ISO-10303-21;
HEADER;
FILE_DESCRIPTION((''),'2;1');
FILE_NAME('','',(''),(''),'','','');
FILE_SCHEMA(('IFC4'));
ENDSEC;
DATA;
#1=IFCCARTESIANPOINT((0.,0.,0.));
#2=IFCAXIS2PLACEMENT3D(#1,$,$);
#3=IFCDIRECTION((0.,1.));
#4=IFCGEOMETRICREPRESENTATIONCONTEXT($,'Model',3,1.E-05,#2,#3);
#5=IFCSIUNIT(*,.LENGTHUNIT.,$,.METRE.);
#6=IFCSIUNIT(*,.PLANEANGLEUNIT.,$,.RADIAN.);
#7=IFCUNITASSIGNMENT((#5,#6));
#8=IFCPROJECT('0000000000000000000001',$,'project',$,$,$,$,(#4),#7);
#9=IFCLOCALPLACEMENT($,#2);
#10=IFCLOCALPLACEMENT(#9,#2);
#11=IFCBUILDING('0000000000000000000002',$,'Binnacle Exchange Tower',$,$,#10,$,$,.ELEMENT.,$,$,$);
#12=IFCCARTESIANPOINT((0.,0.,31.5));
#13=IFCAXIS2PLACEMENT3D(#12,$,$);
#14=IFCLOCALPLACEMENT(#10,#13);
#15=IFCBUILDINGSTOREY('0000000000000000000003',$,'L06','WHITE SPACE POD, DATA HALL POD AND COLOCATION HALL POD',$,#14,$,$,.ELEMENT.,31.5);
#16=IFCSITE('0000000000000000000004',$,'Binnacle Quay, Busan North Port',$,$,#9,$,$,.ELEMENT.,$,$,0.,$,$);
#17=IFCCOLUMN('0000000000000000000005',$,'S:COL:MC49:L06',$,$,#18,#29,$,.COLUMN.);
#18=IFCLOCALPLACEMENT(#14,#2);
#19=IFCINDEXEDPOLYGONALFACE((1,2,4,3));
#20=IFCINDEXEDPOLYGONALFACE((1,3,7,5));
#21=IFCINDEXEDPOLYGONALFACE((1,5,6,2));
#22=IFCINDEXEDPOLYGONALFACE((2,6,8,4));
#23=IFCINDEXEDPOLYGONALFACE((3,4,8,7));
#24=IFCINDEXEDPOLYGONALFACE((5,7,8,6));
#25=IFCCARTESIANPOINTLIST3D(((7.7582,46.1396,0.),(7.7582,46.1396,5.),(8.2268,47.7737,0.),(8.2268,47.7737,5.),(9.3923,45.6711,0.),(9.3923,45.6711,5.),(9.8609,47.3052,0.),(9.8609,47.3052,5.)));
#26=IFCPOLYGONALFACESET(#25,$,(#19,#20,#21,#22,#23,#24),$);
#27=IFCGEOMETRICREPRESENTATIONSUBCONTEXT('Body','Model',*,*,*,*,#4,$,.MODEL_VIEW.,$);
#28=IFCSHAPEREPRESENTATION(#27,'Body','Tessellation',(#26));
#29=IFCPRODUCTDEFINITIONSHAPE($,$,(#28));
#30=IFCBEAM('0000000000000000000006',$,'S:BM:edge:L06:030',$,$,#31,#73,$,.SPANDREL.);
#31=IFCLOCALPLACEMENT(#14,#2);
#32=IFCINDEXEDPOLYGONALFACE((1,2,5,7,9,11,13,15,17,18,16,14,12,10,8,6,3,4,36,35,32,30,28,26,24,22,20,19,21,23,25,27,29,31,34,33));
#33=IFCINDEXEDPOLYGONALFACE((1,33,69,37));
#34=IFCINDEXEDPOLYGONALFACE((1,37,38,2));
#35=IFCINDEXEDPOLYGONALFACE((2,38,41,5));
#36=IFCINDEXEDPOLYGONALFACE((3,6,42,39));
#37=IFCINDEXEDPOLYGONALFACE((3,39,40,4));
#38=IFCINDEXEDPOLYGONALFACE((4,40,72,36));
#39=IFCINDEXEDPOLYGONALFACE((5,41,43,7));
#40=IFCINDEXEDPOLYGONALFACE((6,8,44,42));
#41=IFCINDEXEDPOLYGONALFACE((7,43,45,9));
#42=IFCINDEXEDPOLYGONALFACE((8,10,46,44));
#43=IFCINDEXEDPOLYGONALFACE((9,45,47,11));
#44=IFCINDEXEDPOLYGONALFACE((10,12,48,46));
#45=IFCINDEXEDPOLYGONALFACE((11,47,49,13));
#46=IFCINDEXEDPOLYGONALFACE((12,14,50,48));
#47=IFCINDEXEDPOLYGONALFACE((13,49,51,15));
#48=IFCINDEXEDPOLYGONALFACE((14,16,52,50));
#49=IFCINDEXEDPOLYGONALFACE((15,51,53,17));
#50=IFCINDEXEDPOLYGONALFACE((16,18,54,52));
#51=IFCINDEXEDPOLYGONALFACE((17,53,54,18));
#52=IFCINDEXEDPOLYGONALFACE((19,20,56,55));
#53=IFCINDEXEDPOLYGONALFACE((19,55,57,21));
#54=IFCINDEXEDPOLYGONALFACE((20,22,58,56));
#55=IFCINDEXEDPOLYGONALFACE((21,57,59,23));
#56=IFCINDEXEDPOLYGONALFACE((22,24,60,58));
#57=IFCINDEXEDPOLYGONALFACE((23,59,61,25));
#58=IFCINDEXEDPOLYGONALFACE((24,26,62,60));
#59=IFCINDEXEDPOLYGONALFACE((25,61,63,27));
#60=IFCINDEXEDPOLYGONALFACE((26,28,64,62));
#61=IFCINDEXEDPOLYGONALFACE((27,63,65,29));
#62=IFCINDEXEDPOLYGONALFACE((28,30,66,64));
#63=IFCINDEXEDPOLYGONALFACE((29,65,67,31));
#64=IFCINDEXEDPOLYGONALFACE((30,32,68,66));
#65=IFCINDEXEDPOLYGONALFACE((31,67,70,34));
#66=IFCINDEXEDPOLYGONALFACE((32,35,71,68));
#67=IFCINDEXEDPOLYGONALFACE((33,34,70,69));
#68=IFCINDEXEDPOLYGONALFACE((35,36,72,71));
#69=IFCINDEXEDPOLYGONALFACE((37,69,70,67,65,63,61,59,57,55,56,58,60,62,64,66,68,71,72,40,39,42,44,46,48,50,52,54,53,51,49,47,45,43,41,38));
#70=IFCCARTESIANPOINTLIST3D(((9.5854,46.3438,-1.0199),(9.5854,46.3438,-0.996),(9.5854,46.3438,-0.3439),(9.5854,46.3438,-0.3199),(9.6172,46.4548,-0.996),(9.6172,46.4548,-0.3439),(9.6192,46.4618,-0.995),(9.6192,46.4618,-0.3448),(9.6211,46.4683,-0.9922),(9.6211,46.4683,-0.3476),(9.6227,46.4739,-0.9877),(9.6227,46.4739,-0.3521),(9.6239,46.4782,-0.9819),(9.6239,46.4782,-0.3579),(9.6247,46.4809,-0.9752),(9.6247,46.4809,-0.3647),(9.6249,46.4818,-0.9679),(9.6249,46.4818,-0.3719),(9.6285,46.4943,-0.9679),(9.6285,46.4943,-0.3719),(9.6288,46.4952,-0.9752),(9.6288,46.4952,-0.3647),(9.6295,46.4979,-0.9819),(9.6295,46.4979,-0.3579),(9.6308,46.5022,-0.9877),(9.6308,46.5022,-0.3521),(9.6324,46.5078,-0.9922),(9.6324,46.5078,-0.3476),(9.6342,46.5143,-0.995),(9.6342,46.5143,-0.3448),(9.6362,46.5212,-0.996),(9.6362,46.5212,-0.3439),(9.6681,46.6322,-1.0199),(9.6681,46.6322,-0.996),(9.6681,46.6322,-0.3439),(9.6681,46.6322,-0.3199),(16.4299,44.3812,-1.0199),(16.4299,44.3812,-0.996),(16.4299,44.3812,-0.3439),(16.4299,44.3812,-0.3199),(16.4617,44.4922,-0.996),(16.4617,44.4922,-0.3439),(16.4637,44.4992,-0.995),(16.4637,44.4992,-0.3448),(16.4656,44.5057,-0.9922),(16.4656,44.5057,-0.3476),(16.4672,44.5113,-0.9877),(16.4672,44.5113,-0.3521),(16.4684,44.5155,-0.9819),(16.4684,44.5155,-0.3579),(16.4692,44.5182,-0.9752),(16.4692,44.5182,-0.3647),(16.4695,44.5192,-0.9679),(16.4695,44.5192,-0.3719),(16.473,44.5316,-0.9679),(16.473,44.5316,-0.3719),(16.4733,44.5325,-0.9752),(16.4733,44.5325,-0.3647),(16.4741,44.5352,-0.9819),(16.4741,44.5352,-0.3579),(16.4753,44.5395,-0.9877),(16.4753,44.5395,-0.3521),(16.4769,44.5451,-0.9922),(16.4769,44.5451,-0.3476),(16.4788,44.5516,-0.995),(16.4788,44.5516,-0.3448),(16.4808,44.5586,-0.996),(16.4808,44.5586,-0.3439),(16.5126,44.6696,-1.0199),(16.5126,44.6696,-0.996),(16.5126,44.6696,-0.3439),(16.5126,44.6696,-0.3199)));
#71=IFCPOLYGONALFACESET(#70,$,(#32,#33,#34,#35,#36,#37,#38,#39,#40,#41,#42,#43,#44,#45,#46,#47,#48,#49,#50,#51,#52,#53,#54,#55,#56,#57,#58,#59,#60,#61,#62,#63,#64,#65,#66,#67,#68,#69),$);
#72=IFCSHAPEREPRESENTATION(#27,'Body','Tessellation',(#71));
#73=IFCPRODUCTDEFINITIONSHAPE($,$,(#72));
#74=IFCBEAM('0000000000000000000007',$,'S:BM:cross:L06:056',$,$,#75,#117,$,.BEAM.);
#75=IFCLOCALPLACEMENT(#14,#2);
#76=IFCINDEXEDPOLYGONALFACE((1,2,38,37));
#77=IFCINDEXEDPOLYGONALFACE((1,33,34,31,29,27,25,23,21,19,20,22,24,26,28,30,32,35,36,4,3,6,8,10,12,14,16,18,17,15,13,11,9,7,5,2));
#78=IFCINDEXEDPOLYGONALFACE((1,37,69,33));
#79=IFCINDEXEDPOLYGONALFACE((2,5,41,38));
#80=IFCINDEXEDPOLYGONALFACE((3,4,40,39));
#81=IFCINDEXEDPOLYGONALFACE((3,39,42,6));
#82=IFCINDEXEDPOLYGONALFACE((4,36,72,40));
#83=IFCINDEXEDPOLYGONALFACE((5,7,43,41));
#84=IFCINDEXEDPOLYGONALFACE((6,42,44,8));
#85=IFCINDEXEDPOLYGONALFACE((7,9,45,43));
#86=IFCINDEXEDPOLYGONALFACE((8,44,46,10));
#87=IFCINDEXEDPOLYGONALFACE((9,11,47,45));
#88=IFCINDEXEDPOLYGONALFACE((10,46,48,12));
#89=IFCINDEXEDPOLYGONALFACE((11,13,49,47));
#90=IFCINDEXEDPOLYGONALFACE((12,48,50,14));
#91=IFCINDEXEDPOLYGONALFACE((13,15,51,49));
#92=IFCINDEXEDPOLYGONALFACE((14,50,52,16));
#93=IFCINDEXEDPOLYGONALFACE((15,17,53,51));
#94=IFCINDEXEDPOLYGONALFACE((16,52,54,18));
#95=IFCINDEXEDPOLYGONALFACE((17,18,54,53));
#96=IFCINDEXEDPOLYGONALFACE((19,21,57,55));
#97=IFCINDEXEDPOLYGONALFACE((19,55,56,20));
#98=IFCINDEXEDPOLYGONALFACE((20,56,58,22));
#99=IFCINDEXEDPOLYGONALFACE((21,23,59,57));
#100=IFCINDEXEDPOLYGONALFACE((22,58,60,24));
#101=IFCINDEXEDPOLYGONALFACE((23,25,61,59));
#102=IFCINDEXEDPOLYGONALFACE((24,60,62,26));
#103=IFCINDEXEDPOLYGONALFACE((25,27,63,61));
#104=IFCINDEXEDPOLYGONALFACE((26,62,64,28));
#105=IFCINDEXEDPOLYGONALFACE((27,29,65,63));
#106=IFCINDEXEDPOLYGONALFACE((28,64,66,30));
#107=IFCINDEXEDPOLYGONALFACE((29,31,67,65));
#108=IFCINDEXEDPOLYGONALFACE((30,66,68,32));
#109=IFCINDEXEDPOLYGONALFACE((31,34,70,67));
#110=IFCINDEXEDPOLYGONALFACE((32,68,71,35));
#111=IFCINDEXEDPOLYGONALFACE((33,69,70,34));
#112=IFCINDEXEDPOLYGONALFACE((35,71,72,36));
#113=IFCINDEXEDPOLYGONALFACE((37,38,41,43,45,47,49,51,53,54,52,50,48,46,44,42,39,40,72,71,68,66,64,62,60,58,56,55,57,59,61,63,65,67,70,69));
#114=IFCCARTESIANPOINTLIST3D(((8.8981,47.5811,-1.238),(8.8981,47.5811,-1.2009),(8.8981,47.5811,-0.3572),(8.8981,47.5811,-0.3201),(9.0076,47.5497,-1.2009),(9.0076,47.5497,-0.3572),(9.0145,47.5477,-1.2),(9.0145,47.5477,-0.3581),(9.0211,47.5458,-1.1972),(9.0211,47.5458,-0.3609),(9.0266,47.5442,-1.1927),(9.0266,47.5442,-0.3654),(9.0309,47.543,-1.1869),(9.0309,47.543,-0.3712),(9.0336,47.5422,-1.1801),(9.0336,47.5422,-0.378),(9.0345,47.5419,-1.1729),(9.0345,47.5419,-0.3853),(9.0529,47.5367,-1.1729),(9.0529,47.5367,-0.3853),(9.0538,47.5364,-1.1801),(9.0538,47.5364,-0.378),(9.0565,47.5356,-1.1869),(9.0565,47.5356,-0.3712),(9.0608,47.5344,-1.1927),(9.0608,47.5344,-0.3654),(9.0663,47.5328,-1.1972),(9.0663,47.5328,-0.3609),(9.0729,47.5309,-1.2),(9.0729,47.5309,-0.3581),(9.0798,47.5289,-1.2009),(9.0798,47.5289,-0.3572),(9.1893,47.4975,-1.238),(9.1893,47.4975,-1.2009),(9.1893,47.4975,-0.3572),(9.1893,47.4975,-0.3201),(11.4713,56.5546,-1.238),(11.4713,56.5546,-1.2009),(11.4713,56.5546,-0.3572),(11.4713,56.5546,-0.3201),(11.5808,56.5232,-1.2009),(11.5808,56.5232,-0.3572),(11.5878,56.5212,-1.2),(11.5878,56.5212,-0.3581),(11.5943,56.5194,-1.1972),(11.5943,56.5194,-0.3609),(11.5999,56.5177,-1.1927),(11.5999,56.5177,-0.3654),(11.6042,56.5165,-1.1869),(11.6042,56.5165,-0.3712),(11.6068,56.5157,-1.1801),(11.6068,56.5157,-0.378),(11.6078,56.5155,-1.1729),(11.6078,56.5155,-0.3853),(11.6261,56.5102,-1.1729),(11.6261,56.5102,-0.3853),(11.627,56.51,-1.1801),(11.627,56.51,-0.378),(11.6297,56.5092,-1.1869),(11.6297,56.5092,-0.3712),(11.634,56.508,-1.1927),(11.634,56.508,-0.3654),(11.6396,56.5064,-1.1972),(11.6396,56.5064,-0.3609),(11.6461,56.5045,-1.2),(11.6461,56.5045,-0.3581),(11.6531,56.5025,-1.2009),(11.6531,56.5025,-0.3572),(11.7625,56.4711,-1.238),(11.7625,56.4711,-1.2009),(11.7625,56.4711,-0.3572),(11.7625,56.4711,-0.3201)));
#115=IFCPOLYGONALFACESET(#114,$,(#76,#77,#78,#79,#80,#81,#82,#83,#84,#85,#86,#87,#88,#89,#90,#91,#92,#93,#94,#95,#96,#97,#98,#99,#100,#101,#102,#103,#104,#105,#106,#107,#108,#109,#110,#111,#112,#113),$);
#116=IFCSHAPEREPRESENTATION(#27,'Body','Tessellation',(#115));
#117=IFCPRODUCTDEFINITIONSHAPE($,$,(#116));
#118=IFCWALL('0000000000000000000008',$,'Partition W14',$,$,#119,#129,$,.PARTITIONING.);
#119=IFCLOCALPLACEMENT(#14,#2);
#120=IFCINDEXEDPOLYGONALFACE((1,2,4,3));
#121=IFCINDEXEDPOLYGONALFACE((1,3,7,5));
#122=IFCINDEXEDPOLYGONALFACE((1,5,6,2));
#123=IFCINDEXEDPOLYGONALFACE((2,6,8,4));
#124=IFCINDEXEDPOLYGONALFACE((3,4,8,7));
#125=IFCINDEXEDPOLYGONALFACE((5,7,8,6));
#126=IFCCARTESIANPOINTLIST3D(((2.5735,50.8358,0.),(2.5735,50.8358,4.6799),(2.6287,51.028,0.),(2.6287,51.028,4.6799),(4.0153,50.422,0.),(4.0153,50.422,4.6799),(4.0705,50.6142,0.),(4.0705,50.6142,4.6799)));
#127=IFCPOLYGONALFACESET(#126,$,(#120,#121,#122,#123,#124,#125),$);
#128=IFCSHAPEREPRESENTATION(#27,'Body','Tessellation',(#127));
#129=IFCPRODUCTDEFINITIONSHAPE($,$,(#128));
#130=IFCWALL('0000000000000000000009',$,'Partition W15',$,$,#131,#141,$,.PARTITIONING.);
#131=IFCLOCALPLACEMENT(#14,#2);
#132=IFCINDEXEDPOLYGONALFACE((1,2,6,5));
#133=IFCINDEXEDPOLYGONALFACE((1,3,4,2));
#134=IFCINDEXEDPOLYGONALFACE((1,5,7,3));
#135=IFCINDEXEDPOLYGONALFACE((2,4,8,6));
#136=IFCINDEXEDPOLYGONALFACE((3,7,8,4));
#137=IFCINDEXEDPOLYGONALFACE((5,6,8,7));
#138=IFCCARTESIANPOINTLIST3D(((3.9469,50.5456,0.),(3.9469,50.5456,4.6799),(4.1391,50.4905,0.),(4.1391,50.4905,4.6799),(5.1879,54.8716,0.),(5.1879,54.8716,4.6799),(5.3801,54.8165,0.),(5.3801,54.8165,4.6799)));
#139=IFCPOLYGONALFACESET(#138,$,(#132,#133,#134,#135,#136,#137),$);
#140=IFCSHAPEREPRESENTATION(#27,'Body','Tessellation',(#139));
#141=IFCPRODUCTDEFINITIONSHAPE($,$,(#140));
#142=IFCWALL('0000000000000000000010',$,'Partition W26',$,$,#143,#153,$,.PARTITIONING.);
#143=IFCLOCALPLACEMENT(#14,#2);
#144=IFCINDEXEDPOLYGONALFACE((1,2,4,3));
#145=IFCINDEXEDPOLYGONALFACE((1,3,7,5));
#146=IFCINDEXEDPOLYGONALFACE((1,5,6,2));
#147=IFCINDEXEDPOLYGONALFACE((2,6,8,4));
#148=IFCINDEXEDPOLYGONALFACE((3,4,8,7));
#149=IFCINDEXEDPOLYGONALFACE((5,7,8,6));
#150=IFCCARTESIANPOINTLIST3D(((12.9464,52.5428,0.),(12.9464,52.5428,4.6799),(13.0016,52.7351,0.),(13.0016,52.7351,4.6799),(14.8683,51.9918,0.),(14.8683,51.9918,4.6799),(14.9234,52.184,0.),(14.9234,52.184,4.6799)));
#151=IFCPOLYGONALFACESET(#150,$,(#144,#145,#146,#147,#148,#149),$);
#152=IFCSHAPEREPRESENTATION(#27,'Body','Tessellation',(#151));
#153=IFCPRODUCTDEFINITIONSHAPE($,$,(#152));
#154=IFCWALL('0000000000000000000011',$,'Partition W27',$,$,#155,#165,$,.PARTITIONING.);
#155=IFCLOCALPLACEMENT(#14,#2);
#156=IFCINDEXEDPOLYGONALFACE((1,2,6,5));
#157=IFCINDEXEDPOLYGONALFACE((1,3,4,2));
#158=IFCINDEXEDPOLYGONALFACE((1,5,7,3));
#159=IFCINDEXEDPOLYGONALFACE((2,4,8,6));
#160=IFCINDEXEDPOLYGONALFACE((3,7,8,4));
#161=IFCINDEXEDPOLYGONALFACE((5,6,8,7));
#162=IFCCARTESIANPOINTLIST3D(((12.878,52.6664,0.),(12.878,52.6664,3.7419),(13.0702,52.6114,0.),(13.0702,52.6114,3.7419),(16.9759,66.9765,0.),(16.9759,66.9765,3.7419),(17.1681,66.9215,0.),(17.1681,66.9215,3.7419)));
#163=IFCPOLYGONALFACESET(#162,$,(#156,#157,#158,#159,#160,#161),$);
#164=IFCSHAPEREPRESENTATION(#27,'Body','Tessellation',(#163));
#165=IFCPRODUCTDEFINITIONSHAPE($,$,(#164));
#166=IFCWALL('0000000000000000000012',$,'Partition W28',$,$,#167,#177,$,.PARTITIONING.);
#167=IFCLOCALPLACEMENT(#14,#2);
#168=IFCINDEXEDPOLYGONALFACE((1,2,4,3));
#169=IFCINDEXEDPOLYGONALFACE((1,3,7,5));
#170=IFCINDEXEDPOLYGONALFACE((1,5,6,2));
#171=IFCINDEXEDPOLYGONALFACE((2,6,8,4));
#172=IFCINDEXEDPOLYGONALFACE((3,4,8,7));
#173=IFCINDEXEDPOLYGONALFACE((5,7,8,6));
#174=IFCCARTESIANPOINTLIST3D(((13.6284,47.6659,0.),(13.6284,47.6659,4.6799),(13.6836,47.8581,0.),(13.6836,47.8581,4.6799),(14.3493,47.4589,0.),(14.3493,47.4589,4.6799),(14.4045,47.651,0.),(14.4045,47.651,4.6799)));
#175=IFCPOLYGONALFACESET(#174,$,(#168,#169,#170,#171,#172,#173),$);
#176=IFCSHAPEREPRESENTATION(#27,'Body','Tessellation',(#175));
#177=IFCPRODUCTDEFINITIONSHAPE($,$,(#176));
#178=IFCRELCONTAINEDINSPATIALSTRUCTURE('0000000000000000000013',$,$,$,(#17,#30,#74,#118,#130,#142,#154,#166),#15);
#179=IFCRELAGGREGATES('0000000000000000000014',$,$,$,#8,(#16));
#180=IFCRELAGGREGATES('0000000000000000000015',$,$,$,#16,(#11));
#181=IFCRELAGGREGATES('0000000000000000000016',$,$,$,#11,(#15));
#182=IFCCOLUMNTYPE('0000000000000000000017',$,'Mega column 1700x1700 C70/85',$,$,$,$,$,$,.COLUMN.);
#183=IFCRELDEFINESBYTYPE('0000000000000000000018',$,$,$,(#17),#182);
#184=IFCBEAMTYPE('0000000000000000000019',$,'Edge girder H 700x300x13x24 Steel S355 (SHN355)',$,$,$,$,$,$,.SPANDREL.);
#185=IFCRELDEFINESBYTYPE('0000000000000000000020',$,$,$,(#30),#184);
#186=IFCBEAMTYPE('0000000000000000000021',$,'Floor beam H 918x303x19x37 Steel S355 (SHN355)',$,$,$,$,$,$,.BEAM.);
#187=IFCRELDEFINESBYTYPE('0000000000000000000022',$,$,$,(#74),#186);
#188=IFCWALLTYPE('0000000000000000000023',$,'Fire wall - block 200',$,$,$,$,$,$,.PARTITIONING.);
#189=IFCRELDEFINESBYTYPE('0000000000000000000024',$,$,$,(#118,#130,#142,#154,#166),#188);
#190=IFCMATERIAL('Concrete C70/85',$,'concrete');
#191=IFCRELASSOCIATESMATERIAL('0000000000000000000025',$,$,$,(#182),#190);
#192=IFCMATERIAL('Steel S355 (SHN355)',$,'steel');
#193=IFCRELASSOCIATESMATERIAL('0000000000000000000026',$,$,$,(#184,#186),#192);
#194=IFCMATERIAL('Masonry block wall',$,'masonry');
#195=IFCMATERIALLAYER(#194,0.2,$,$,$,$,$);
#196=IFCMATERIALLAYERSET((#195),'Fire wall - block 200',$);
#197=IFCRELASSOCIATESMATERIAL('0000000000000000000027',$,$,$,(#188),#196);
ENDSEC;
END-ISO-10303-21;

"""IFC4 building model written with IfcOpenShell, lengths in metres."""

from ifc_helpers import new_model, si_unit, direction, frame, frame_2d, origin, origin_2d, place, context, subcontext, project, spatial, rectangle, i_section, extrude, material, layer, layer_set, material_profile, profile_set, type_object, element, save


model = new_model("IFC4")

# Units and contexts
model_context = context("Model", 3, precision=1e-05, world=origin(), true_north=direction((0.0, 1.0)))
body_context = subcontext(model_context, "Body", "Model", "MODEL_VIEW")
ifc_project = project(units=[si_unit("LENGTHUNIT", "METRE"), si_unit("PLANEANGLEUNIT", "RADIAN")], contexts=[model_context])

# Site, building, storey
site_placement = place(None, origin())
site = spatial("IfcSite", under=ifc_project, at=site_placement, Name="Binnacle Quay, Busan North Port", CompositionType="ELEMENT", RefElevation=0.0)
building_placement = place(site_placement, origin())
building = spatial("IfcBuilding", under=site, at=building_placement, Name="Binnacle Exchange Tower", CompositionType="ELEMENT")
storey_placement = place(building_placement, frame((0.0, 0.0, 31.5)))
storey = spatial("IfcBuildingStorey", under=building, at=storey_placement, Name="L06", Description="WHITE SPACE POD, DATA HALL POD AND COLOCATION HALL POD", CompositionType="ELEMENT", Elevation=31.5)

# Column
ifc_material_1 = material(Name="Concrete C70/85", Category="concrete")
ifc_material_profile_1 = material_profile(ifc_material_1, rectangle(XDim=1.7, YDim=1.7, at=origin_2d()), Name="Mega column 1700x1700 C70/85")
ifc_profile_set_1 = profile_set([ifc_material_profile_1], Name="Concrete C70/85")
column_type = type_object("IfcColumnType", Name="Mega column 1700x1700 C70/85", PredefinedType="COLUMN", material=ifc_profile_set_1)
column_placement = place(storey_placement, frame((8.8096, 46.7224, 0.0), z_axis=(0.0, 0.0, 1.0), x_axis=(0.961262, -0.275637, 0.0)))
element("IfcColumn", 1, at=column_placement, inside=storey, type_object=column_type, Name="S:COL:MC49:L06", PredefinedType="COLUMN", context=body_context, shape_type="SweptSolid", body=[
    extrude(rectangle(XDim=1.7, YDim=1.7, at=origin_2d()), origin(), (0.0, 0.0, 1.0), 5.0),
])

# Beams
ifc_material_2 = material(Name="Steel S355 (SHN355)", Category="steel")
ifc_material_profile_2 = material_profile(ifc_material_2, i_section(OverallWidth=0.3, OverallDepth=0.7, WebThickness=0.0129, FlangeThickness=0.0239, FilletRadius=0.0281, at=origin_2d()), Name="H 700x300x13x24")
ifc_profile_set_2 = profile_set([ifc_material_profile_2], Name="Steel S355 (SHN355)")
beam_type_1 = type_object("IfcBeamType", Name="Edge girder H 700x300x13x24 Steel S355 (SHN355)", PredefinedType="SPANDREL", material=ifc_profile_set_2)
beam_1_placement = place(storey_placement, frame((9.6267, 46.488, -0.6699), z_axis=(0.961261, -0.27564, 0.0), x_axis=(0.27564, 0.961261, 0.0)))
element("IfcBeam", 2, at=beam_1_placement, inside=storey, type_object=beam_type_1, Name="S:BM:edge:L06:030", PredefinedType="SPANDREL", context=body_context, shape_type="SweptSolid", body=[
    extrude(i_section(OverallWidth=0.3, OverallDepth=0.7, WebThickness=0.0129, FlangeThickness=0.0239, FilletRadius=0.0281, at=origin_2d()), origin(), (0.0, 0.0, 1.0), 7.1204),
])
ifc_material_profile_3 = material_profile(ifc_material_2, i_section(OverallWidth=0.303, OverallDepth=0.918, WebThickness=0.019, FlangeThickness=0.0371, FilletRadius=0.0281, at=origin_2d()), Name="H 918x303x19x37")
ifc_profile_set_3 = profile_set([ifc_material_profile_3], Name="Steel S355 (SHN355)")
beam_type_2 = type_object("IfcBeamType", Name="Floor beam H 918x303x19x37 Steel S355 (SHN355)", PredefinedType="BEAM", material=ifc_profile_set_3)
beam_2_placement = place(storey_placement, frame((9.0437, 47.5393, -0.7791), z_axis=(0.275647, 0.961259, 0.0), x_axis=(-0.961259, 0.275647, 0.0)))
element("IfcBeam", 3, at=beam_2_placement, inside=storey, type_object=beam_type_2, Name="S:BM:cross:L06:056", PredefinedType="BEAM", context=body_context, shape_type="SweptSolid", body=[
    extrude(i_section(OverallWidth=0.303, OverallDepth=0.918, WebThickness=0.019, FlangeThickness=0.0371, FilletRadius=0.0281, at=origin_2d()), origin(), (0.0, 0.0, 1.0), 9.3352),
])

# Walls
ifc_material_3 = material(Name="Masonry block wall", Category="masonry")
ifc_layer_1 = layer(ifc_material_3, 0.2)
ifc_layer_set_1 = layer_set([ifc_layer_1], Name="Fire wall - block 200")
wall_type_1 = type_object("IfcWallType", Name="Fire wall - block 200", PredefinedType="PARTITIONING", material=ifc_layer_set_1)
wall_1_placement = place(storey_placement, frame((2.6011, 50.9319, 0.0), z_axis=(0.0, 0.0, 1.0), x_axis=(0.961198, -0.27586, 0.0)))
element("IfcWall", 4, at=wall_1_placement, inside=storey, type_object=wall_type_1, Name="Partition W14", PredefinedType="PARTITIONING", context=body_context, shape_type="SweptSolid", body=[
    extrude(rectangle(XDim=1.5, YDim=0.2, at=frame_2d((0.75, 0.0))), origin(), (0.0, 0.0, 1.0), 4.6799),
])
wall_2_placement = place(storey_placement, frame((4.043, 50.5181, 0.0), z_axis=(0.0, 0.0, 1.0), x_axis=(0.275746, 0.961231, 0.0)))
element("IfcWall", 5, at=wall_2_placement, inside=storey, type_object=wall_type_1, Name="Partition W15", PredefinedType="PARTITIONING", context=body_context, shape_type="SweptSolid", body=[
    extrude(rectangle(XDim=4.5005, YDim=0.2, at=frame_2d((2.2502, 0.0))), origin(), (0.0, 0.0, 1.0), 4.6799),
])
wall_3_placement = place(storey_placement, frame((12.9741, 52.6389, 0.0), z_axis=(0.0, 0.0, 1.0), x_axis=(0.96127, -0.275608, 0.0)))
element("IfcWall", 6, at=wall_3_placement, inside=storey, type_object=wall_type_1, Name="Partition W26", PredefinedType="PARTITIONING", context=body_context, shape_type="SweptSolid", body=[
    extrude(rectangle(XDim=1.9993, YDim=0.2, at=frame_2d((0.9995, 0.0))), origin(), (0.0, 0.0, 1.0), 4.6799),
])
wall_4_placement = place(storey_placement, frame((12.9741, 52.6389, 0.0), z_axis=(0.0, 0.0, 1.0), x_axis=(0.275299, 0.961359, 0.0)))
element("IfcWall", 7, at=wall_4_placement, inside=storey, type_object=wall_type_1, Name="Partition W27", PredefinedType="PARTITIONING", context=body_context, shape_type="SweptSolid", body=[
    extrude(rectangle(XDim=14.8853, YDim=0.2, at=frame_2d((7.4426, 0.0))), origin(), (0.0, 0.0, 1.0), 3.7419),
])
wall_5_placement = place(storey_placement, frame((13.656, 47.762, 0.0), z_axis=(0.0, 0.0, 1.0), x_axis=(0.961155, -0.276011, 0.0)))
element("IfcWall", 8, at=wall_5_placement, inside=storey, type_object=wall_type_1, Name="Partition W28", PredefinedType="PARTITIONING", context=body_context, shape_type="SweptSolid", body=[
    extrude(rectangle(XDim=0.75, YDim=0.2, at=frame_2d((0.375, 0.0))), origin(), (0.0, 0.0, 1.0), 4.6799),
])

save(model, "model.ifc")
